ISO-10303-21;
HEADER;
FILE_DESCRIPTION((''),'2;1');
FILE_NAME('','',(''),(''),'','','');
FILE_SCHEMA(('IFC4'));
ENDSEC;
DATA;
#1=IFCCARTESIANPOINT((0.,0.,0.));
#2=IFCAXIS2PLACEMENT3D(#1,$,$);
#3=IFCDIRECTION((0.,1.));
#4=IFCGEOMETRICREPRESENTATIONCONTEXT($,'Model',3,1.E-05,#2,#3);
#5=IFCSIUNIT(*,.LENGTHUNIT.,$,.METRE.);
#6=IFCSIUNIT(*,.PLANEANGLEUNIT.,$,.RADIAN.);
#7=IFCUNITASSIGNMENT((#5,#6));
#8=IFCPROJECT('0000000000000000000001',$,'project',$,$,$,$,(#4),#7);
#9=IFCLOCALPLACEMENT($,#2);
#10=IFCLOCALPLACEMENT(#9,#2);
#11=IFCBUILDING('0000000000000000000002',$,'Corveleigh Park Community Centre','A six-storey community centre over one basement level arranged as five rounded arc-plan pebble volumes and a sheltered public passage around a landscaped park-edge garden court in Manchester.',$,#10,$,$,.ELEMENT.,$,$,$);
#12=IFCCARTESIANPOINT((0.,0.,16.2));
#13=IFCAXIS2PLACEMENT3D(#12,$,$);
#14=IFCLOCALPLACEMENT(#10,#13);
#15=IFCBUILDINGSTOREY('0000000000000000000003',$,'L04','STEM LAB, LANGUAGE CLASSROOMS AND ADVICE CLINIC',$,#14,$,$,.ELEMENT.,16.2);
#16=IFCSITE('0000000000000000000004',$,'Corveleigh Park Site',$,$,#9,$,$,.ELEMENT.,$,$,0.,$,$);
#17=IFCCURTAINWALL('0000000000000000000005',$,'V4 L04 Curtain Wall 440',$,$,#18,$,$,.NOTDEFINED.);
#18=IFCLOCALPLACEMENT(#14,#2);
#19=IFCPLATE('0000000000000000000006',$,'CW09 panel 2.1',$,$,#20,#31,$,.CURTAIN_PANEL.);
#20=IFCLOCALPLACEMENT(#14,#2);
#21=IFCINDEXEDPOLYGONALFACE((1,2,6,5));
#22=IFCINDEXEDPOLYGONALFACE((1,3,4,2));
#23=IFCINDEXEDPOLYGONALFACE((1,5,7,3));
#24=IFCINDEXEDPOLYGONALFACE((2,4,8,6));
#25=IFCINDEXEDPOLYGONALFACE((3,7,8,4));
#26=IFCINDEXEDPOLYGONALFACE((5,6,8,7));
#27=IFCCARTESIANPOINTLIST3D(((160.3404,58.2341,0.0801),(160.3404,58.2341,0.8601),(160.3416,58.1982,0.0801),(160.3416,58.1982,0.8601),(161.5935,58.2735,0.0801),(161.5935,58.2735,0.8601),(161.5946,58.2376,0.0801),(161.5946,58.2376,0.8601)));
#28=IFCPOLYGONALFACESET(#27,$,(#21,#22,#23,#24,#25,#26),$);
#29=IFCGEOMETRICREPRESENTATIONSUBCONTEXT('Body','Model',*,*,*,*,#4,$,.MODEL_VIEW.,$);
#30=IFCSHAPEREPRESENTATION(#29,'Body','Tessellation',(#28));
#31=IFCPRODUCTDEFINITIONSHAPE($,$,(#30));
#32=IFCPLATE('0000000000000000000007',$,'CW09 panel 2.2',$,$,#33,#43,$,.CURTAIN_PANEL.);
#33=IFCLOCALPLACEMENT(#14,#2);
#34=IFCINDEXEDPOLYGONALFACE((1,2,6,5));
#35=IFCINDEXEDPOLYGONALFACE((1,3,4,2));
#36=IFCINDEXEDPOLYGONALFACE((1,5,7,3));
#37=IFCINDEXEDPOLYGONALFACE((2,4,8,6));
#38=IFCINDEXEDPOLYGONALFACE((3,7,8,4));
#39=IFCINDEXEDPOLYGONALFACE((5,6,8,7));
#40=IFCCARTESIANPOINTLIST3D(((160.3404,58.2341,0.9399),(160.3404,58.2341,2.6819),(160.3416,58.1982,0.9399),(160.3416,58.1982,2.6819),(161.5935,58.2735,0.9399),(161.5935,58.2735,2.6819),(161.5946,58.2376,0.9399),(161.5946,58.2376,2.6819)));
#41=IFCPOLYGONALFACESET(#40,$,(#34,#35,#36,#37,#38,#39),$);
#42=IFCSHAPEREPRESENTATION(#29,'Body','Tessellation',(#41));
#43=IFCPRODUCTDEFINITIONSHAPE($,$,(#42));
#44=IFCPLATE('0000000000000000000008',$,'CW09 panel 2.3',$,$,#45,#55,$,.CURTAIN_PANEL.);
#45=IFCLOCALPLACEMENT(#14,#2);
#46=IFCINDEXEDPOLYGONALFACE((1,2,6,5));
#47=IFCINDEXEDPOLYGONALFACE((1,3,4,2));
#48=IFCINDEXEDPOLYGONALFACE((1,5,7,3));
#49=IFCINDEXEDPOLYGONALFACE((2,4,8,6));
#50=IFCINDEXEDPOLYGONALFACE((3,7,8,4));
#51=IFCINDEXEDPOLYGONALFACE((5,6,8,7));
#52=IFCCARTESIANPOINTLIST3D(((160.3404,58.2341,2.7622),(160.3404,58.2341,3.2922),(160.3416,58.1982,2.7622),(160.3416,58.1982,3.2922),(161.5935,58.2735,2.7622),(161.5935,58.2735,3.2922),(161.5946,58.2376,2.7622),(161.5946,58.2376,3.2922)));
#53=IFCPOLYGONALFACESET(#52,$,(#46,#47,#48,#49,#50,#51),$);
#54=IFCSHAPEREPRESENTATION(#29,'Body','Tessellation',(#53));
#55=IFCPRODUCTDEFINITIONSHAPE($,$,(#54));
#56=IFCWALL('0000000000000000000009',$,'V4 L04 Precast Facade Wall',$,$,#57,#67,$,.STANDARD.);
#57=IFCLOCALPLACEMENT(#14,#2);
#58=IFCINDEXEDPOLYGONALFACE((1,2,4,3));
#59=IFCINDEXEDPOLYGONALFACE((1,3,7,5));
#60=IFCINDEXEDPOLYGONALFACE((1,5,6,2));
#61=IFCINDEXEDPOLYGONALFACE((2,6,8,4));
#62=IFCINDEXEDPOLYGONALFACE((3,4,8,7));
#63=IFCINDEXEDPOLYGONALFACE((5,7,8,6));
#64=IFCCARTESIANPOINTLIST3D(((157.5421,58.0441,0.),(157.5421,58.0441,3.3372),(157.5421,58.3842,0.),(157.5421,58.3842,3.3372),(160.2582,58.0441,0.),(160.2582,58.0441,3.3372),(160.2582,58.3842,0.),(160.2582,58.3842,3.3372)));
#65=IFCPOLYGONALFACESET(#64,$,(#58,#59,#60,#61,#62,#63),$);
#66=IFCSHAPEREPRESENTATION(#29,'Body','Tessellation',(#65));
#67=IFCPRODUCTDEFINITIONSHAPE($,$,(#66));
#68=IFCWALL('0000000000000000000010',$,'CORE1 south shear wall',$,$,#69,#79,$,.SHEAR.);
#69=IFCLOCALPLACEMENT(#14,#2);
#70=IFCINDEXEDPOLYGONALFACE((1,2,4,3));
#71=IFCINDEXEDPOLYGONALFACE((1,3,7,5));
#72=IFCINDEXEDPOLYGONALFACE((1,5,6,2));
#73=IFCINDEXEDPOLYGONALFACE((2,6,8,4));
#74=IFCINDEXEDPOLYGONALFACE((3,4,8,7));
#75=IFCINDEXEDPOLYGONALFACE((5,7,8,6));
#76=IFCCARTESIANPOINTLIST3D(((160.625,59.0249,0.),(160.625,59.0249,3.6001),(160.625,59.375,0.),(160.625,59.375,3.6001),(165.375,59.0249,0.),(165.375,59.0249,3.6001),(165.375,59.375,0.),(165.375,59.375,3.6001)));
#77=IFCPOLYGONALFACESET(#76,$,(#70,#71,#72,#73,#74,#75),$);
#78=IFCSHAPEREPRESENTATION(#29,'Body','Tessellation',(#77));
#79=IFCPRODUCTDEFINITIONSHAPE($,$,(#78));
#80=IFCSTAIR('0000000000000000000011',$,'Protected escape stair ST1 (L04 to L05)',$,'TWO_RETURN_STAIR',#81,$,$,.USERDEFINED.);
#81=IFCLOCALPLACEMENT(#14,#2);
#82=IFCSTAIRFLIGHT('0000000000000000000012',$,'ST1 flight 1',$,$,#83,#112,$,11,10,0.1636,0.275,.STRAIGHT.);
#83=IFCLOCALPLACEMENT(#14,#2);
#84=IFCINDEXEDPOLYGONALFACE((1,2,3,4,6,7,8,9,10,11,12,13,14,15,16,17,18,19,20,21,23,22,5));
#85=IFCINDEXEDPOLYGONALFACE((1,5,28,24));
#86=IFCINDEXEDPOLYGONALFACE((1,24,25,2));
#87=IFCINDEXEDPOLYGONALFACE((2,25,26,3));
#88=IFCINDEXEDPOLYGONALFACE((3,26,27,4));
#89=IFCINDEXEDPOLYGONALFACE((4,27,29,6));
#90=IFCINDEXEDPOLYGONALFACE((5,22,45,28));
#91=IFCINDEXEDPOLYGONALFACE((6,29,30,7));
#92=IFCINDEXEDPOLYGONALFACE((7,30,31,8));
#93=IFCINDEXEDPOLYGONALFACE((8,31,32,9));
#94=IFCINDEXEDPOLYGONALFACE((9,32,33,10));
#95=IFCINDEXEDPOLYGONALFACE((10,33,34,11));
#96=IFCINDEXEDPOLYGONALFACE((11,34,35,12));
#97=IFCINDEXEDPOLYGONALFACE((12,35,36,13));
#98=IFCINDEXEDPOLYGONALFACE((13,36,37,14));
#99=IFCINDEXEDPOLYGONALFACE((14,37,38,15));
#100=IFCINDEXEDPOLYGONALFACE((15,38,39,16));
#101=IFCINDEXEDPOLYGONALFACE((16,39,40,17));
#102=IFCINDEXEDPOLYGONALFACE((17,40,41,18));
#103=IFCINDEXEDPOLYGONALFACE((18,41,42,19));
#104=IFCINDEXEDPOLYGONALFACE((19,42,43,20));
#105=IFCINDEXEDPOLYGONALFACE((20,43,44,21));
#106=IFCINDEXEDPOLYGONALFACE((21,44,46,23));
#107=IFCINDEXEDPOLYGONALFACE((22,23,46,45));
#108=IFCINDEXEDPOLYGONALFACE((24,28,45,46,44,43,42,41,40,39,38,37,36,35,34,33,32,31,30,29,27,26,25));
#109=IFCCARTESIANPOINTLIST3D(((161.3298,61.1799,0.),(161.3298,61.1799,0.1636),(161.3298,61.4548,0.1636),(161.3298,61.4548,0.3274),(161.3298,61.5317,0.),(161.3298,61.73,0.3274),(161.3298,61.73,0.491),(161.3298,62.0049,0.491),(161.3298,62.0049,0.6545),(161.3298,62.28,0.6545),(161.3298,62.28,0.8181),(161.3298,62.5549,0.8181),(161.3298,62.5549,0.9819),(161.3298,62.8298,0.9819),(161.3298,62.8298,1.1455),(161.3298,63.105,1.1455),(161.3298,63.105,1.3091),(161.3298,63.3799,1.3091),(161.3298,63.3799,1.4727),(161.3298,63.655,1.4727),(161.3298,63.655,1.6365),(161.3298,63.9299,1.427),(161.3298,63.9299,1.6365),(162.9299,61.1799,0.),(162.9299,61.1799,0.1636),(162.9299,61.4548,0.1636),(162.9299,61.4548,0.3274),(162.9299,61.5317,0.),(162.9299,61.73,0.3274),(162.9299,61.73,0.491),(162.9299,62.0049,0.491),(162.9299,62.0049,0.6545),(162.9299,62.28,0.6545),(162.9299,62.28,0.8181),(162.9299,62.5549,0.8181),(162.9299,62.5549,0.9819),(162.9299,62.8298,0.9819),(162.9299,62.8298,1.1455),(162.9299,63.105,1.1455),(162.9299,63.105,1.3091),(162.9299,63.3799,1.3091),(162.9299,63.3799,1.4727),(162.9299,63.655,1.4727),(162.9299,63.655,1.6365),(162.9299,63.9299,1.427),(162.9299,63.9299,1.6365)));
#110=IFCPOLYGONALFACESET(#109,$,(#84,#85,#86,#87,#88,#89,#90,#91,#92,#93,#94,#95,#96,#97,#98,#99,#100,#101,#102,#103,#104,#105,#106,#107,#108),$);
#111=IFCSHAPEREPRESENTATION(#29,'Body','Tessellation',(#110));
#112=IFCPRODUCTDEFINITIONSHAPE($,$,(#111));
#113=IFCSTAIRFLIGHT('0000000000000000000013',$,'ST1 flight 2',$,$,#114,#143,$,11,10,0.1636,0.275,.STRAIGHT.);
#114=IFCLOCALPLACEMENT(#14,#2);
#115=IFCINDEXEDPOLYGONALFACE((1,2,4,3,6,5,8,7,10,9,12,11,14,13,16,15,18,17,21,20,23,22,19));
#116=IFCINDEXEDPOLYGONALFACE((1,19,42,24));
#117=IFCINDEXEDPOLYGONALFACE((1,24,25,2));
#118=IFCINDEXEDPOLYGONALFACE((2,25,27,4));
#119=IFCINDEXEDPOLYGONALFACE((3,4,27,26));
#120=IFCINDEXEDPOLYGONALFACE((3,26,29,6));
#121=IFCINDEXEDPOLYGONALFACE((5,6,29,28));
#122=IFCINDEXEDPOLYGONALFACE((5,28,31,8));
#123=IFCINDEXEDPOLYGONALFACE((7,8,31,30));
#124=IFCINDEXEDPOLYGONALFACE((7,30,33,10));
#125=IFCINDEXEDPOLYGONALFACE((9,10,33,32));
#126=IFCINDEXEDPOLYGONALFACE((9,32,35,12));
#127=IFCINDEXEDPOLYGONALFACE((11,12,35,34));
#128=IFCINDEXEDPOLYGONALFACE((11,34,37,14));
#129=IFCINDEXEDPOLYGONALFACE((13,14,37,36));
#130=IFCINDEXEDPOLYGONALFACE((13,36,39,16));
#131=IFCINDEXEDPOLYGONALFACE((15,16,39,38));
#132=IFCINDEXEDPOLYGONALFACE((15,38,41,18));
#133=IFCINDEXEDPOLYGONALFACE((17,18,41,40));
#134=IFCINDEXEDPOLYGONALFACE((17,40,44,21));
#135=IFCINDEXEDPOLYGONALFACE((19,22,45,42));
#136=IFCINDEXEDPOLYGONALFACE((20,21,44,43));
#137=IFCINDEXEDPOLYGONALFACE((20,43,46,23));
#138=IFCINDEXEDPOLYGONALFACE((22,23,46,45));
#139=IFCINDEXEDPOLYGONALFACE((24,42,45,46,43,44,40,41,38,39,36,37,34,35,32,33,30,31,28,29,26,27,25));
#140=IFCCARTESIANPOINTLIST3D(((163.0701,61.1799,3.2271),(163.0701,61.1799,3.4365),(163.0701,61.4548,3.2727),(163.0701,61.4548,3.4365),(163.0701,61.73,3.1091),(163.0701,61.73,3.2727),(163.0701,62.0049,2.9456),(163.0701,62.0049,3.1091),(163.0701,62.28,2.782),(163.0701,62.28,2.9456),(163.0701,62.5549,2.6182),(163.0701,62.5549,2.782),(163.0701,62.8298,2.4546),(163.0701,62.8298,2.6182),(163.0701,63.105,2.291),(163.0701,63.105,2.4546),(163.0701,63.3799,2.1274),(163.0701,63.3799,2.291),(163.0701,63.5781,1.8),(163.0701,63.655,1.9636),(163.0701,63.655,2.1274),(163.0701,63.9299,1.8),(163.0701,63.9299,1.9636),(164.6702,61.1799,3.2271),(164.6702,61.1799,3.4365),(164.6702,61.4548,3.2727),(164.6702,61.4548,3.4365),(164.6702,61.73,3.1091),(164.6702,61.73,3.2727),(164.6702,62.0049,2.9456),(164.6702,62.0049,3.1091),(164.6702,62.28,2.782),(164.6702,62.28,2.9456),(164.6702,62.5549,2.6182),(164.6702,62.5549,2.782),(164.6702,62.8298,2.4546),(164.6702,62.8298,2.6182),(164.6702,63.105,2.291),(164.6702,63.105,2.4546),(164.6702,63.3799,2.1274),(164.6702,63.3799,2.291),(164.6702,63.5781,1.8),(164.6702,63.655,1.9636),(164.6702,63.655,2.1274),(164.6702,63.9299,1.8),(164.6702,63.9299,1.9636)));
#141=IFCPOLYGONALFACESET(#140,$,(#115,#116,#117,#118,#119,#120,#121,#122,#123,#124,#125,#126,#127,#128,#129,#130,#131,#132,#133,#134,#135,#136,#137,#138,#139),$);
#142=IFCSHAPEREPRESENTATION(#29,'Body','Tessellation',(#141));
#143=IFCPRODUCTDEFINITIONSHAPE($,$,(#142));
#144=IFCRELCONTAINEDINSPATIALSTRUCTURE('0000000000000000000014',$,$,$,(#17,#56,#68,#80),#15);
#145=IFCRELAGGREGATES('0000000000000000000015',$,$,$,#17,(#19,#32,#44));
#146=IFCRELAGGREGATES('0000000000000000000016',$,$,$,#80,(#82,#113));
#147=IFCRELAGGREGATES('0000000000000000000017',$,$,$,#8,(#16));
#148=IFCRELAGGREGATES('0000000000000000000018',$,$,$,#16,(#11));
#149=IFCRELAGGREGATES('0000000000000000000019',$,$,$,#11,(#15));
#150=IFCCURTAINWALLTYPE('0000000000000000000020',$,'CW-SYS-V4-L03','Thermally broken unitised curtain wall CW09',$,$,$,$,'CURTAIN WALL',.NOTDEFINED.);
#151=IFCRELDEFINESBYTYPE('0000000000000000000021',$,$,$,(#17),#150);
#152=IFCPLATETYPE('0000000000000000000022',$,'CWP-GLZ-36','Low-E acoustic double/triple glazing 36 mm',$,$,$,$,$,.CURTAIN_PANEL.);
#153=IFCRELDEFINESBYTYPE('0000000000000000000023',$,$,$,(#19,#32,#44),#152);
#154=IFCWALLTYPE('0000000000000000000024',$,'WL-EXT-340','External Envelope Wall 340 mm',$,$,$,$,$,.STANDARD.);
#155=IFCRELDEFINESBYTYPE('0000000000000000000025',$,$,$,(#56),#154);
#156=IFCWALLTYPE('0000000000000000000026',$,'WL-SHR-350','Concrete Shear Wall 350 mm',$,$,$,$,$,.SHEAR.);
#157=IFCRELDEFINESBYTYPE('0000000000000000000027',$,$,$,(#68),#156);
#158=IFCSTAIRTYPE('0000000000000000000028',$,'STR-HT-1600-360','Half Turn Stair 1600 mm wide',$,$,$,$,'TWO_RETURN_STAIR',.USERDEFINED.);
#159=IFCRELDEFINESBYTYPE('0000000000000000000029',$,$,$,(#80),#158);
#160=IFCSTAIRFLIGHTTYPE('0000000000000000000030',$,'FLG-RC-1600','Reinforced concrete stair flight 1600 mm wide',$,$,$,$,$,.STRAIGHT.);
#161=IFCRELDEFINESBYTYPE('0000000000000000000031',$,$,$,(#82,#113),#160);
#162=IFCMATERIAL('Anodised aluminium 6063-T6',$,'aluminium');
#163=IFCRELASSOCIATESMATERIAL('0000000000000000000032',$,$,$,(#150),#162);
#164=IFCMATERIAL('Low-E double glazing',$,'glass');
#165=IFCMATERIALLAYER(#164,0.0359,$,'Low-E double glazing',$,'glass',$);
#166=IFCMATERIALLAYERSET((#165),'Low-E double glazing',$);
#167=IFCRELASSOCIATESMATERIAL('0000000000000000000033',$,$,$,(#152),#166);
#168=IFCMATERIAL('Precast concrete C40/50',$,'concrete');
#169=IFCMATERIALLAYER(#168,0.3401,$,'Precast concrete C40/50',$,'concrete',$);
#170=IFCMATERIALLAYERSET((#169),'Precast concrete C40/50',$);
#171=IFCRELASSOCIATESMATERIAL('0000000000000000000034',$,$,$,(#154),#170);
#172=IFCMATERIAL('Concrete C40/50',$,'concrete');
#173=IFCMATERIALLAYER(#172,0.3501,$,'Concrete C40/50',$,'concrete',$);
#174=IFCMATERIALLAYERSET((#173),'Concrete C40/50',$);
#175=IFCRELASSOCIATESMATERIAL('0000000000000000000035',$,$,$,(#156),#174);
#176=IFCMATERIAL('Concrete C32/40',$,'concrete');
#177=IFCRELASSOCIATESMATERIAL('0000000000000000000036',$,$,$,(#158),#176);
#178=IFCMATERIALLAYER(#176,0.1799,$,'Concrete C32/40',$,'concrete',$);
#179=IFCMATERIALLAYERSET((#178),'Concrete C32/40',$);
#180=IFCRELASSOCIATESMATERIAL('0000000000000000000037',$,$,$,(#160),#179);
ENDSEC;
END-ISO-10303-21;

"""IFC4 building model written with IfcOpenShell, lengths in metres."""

from ifc_helpers import new_model, si_unit, direction, frame, frame_2d, origin, origin_2d, place, context, subcontext, project, spatial, polyline, rectangle, outline, extrude, material, layer, layer_set, type_object, element, aggregate, save


model = new_model("IFC4")

# Units and contexts
model_context = context("Model", 3, precision=1e-05, world=origin(), true_north=direction((0.0, 1.0)))
body_context = subcontext(model_context, "Body", "Model", "MODEL_VIEW")
ifc_project = project(units=[si_unit("LENGTHUNIT", "METRE"), si_unit("PLANEANGLEUNIT", "RADIAN")], contexts=[model_context])

# Site, building, storey
site_placement = place(None, origin())
site = spatial("IfcSite", under=ifc_project, at=site_placement, Name="Corveleigh Park Site", CompositionType="ELEMENT", RefElevation=0.0)
building_placement = place(site_placement, origin())
building = spatial("IfcBuilding", under=site, at=building_placement, Name="Corveleigh Park Community Centre", Description="A six-storey community centre over one basement level arranged as five rounded arc-plan pebble volumes and a sheltered public passage around a landscaped park-edge garden court in Manchester.", CompositionType="ELEMENT")
storey_placement = place(building_placement, frame((0.0, 0.0, 16.2)))
storey = spatial("IfcBuildingStorey", under=building, at=storey_placement, Name="L04", Description="STEM LAB, LANGUAGE CLASSROOMS AND ADVICE CLINIC", CompositionType="ELEMENT", Elevation=16.2)

# Curtain wall, plates
ifc_material_1 = material(Name="Anodised aluminium 6063-T6", Category="aluminium")
curtain_wall_type = type_object("IfcCurtainWallType", Name="CW-SYS-V4-L03", Description="Thermally broken unitised curtain wall CW09", ElementType="CURTAIN WALL", PredefinedType="NOTDEFINED", material=ifc_material_1)
curtain_wall_placement = place(storey_placement, origin())
curtain_wall = element("IfcCurtainWall", 1, at=curtain_wall_placement, inside=storey, type_object=curtain_wall_type, Name="V4 L04 Curtain Wall 440", PredefinedType="NOTDEFINED")
ifc_material_2 = material(Name="Low-E double glazing", Category="glass")
ifc_layer_1 = layer(ifc_material_2, 0.0359, Name="Low-E double glazing", Category="glass")
ifc_layer_set_1 = layer_set([ifc_layer_1], Name="Low-E double glazing")
plate_type = type_object("IfcPlateType", Name="CWP-GLZ-36", Description="Low-E acoustic double/triple glazing 36 mm", PredefinedType="CURTAIN_PANEL", material=ifc_layer_set_1)
plate_1_placement = place(storey_placement, frame((160.9675, 58.2358, 0.0801), z_axis=(0.0, 0.0, 1.0), x_axis=(-0.999505, -0.031454, 0.0)))
plate_1 = element("IfcPlate", 2, at=plate_1_placement, type_object=plate_type, Name="CW09 panel 2.1", PredefinedType="CURTAIN_PANEL", context=body_context, shape_type="SweptSolid", body=[
    extrude(rectangle(XDim=1.2537, YDim=0.0359, at=origin_2d()), origin(), (0.0, 0.0, 1.0), 0.78),
])
plate_2_placement = place(storey_placement, frame((160.9675, 58.2358, 0.9399), z_axis=(0.0, 0.0, 1.0), x_axis=(-0.999505, -0.031454, 0.0)))
plate_2 = element("IfcPlate", 3, at=plate_2_placement, type_object=plate_type, Name="CW09 panel 2.2", PredefinedType="CURTAIN_PANEL", context=body_context, shape_type="SweptSolid", body=[
    extrude(rectangle(XDim=1.2537, YDim=0.0359, at=origin_2d()), origin(), (0.0, 0.0, 1.0), 1.7419),
])
plate_3_placement = place(storey_placement, frame((160.9675, 58.2358, 2.7622), z_axis=(0.0, 0.0, 1.0), x_axis=(-0.999505, -0.031454, 0.0)))
plate_3 = element("IfcPlate", 4, at=plate_3_placement, type_object=plate_type, Name="CW09 panel 2.3", PredefinedType="CURTAIN_PANEL", context=body_context, shape_type="SweptSolid", body=[
    extrude(rectangle(XDim=1.2537, YDim=0.0359, at=origin_2d()), origin(), (0.0, 0.0, 1.0), 0.53),
])
aggregate(curtain_wall, [plate_1, plate_2, plate_3])

# Walls
ifc_material_3 = material(Name="Precast concrete C40/50", Category="concrete")
ifc_layer_2 = layer(ifc_material_3, 0.3401, Name="Precast concrete C40/50", Category="concrete")
ifc_layer_set_2 = layer_set([ifc_layer_2], Name="Precast concrete C40/50")
wall_type_1 = type_object("IfcWallType", Name="WL-EXT-340", Description="External Envelope Wall 340 mm", PredefinedType="STANDARD", material=ifc_layer_set_2)
wall_1_placement = place(storey_placement, frame((160.2581, 58.2141, 0.0), z_axis=(0.0, 0.0, 1.0), x_axis=(-1.0, 0.0, 0.0)))
element("IfcWall", 5, at=wall_1_placement, inside=storey, type_object=wall_type_1, Name="V4 L04 Precast Facade Wall", PredefinedType="STANDARD", context=body_context, shape_type="SweptSolid", body=[
    extrude(rectangle(XDim=2.7161, YDim=0.3401, at=frame_2d((1.3579, 0.0))), origin(), (0.0, 0.0, 1.0), 3.3372),
])
ifc_material_4 = material(Name="Concrete C40/50", Category="concrete")
ifc_layer_3 = layer(ifc_material_4, 0.3501, Name="Concrete C40/50", Category="concrete")
ifc_layer_set_3 = layer_set([ifc_layer_3], Name="Concrete C40/50")
wall_type_2 = type_object("IfcWallType", Name="WL-SHR-350", Description="Concrete Shear Wall 350 mm", PredefinedType="SHEAR", material=ifc_layer_set_3)
wall_2_placement = place(storey_placement, frame((160.625, 59.2, 0.0), z_axis=(0.0, 0.0, 1.0), x_axis=(1.0, 0.0, 0.0)))
element("IfcWall", 6, at=wall_2_placement, inside=storey, type_object=wall_type_2, Name="CORE1 south shear wall", PredefinedType="SHEAR", context=body_context, shape_type="SweptSolid", body=[
    extrude(rectangle(XDim=4.75, YDim=0.3501, at=frame_2d((2.375, 0.0))), origin(), (0.0, 0.0, 1.0), 3.6001),
])

# Stair, stair flights
ifc_material_5 = material(Name="Concrete C32/40", Category="concrete")
stair_type = type_object("IfcStairType", Name="STR-HT-1600-360", Description="Half Turn Stair 1600 mm wide", ElementType="TWO_RETURN_STAIR", PredefinedType="USERDEFINED", material=ifc_material_5)
stair_placement = place(storey_placement, origin())
stair = element("IfcStair", 7, at=stair_placement, inside=storey, type_object=stair_type, Name="Protected escape stair ST1 (L04 to L05)", ObjectType="TWO_RETURN_STAIR", PredefinedType="USERDEFINED")
ifc_layer_4 = layer(ifc_material_5, 0.1799, Name="Concrete C32/40", Category="concrete")
ifc_layer_set_4 = layer_set([ifc_layer_4], Name="Concrete C32/40")
stair_flight_type = type_object("IfcStairFlightType", Name="FLG-RC-1600", Description="Reinforced concrete stair flight 1600 mm wide", PredefinedType="STRAIGHT", material=ifc_layer_set_4)
stair_flight_1_placement = place(storey_placement, frame((162.1299, 61.1799, 0.0), z_axis=(0.0, 0.0, 1.0), x_axis=(0.0, 1.0, 0.0)))
stair_flight_1 = element("IfcStairFlight", 8, at=stair_flight_1_placement, type_object=stair_flight_type, Name="ST1 flight 1", NumberOfRisers=11, NumberOfTreads=10, PredefinedType="STRAIGHT", RiserHeight=0.1636, TreadLength=0.275, context=body_context, shape_type="SweptSolid", body=[
    extrude(outline(polyline([(0.0, 0.0), (0.0, 0.1636), (0.2749, 0.1636), (0.2749, 0.3274), (0.55, 0.3274), (0.55, 0.491), (0.825, 0.491), (0.825, 0.6545), (1.1001, 0.6545), (1.1001, 0.8181), (1.375, 0.8181), (1.375, 0.9819), (1.6499, 0.9819), (1.6499, 1.1455), (1.925, 1.1455), (1.925, 1.3091), (2.2, 1.3091), (2.2, 1.4727), (2.4751, 1.4727), (2.4751, 1.6365), (2.75, 1.6365), (2.75, 1.8), (2.75, 1.427), (0.3518, 0.0), (0.0, 0.0)])), frame((0.0, 0.8, 0.0), z_axis=(0.0, -1.0, 0.0), x_axis=(1.0, 0.0, 0.0)), (0.0, 0.0, 1.0), 1.6001),
])
stair_flight_2_placement = place(storey_placement, frame((163.8701, 63.9299, 1.8), z_axis=(0.0, 0.0, 1.0), x_axis=(0.0, -1.0, 0.0)))
stair_flight_2 = element("IfcStairFlight", 9, at=stair_flight_2_placement, type_object=stair_flight_type, Name="ST1 flight 2", NumberOfRisers=11, NumberOfTreads=10, PredefinedType="STRAIGHT", RiserHeight=0.1636, TreadLength=0.275, context=body_context, shape_type="SweptSolid", body=[
    extrude(outline(polyline([(0.0, 0.0), (0.0, 0.1636), (0.2749, 0.1636), (0.2749, 0.3274), (0.55, 0.3274), (0.55, 0.491), (0.825, 0.491), (0.825, 0.6545), (1.1001, 0.6545), (1.1001, 0.8181), (1.375, 0.8181), (1.375, 0.9819), (1.6499, 0.9819), (1.6499, 1.1455), (1.925, 1.1455), (1.925, 1.3091), (2.2, 1.3091), (2.2, 1.4727), (2.4751, 1.4727), (2.4751, 1.6365), (2.75, 1.6365), (2.75, 1.8), (2.75, 1.427), (0.3518, 0.0), (0.0, 0.0)])), frame((0.0, 0.8, 0.0), z_axis=(0.0, -1.0, 0.0), x_axis=(1.0, 0.0, 0.0)), (0.0, 0.0, 1.0), 1.6001),
])
aggregate(stair, [stair_flight_1, stair_flight_2])

save(model, "model.ifc")
